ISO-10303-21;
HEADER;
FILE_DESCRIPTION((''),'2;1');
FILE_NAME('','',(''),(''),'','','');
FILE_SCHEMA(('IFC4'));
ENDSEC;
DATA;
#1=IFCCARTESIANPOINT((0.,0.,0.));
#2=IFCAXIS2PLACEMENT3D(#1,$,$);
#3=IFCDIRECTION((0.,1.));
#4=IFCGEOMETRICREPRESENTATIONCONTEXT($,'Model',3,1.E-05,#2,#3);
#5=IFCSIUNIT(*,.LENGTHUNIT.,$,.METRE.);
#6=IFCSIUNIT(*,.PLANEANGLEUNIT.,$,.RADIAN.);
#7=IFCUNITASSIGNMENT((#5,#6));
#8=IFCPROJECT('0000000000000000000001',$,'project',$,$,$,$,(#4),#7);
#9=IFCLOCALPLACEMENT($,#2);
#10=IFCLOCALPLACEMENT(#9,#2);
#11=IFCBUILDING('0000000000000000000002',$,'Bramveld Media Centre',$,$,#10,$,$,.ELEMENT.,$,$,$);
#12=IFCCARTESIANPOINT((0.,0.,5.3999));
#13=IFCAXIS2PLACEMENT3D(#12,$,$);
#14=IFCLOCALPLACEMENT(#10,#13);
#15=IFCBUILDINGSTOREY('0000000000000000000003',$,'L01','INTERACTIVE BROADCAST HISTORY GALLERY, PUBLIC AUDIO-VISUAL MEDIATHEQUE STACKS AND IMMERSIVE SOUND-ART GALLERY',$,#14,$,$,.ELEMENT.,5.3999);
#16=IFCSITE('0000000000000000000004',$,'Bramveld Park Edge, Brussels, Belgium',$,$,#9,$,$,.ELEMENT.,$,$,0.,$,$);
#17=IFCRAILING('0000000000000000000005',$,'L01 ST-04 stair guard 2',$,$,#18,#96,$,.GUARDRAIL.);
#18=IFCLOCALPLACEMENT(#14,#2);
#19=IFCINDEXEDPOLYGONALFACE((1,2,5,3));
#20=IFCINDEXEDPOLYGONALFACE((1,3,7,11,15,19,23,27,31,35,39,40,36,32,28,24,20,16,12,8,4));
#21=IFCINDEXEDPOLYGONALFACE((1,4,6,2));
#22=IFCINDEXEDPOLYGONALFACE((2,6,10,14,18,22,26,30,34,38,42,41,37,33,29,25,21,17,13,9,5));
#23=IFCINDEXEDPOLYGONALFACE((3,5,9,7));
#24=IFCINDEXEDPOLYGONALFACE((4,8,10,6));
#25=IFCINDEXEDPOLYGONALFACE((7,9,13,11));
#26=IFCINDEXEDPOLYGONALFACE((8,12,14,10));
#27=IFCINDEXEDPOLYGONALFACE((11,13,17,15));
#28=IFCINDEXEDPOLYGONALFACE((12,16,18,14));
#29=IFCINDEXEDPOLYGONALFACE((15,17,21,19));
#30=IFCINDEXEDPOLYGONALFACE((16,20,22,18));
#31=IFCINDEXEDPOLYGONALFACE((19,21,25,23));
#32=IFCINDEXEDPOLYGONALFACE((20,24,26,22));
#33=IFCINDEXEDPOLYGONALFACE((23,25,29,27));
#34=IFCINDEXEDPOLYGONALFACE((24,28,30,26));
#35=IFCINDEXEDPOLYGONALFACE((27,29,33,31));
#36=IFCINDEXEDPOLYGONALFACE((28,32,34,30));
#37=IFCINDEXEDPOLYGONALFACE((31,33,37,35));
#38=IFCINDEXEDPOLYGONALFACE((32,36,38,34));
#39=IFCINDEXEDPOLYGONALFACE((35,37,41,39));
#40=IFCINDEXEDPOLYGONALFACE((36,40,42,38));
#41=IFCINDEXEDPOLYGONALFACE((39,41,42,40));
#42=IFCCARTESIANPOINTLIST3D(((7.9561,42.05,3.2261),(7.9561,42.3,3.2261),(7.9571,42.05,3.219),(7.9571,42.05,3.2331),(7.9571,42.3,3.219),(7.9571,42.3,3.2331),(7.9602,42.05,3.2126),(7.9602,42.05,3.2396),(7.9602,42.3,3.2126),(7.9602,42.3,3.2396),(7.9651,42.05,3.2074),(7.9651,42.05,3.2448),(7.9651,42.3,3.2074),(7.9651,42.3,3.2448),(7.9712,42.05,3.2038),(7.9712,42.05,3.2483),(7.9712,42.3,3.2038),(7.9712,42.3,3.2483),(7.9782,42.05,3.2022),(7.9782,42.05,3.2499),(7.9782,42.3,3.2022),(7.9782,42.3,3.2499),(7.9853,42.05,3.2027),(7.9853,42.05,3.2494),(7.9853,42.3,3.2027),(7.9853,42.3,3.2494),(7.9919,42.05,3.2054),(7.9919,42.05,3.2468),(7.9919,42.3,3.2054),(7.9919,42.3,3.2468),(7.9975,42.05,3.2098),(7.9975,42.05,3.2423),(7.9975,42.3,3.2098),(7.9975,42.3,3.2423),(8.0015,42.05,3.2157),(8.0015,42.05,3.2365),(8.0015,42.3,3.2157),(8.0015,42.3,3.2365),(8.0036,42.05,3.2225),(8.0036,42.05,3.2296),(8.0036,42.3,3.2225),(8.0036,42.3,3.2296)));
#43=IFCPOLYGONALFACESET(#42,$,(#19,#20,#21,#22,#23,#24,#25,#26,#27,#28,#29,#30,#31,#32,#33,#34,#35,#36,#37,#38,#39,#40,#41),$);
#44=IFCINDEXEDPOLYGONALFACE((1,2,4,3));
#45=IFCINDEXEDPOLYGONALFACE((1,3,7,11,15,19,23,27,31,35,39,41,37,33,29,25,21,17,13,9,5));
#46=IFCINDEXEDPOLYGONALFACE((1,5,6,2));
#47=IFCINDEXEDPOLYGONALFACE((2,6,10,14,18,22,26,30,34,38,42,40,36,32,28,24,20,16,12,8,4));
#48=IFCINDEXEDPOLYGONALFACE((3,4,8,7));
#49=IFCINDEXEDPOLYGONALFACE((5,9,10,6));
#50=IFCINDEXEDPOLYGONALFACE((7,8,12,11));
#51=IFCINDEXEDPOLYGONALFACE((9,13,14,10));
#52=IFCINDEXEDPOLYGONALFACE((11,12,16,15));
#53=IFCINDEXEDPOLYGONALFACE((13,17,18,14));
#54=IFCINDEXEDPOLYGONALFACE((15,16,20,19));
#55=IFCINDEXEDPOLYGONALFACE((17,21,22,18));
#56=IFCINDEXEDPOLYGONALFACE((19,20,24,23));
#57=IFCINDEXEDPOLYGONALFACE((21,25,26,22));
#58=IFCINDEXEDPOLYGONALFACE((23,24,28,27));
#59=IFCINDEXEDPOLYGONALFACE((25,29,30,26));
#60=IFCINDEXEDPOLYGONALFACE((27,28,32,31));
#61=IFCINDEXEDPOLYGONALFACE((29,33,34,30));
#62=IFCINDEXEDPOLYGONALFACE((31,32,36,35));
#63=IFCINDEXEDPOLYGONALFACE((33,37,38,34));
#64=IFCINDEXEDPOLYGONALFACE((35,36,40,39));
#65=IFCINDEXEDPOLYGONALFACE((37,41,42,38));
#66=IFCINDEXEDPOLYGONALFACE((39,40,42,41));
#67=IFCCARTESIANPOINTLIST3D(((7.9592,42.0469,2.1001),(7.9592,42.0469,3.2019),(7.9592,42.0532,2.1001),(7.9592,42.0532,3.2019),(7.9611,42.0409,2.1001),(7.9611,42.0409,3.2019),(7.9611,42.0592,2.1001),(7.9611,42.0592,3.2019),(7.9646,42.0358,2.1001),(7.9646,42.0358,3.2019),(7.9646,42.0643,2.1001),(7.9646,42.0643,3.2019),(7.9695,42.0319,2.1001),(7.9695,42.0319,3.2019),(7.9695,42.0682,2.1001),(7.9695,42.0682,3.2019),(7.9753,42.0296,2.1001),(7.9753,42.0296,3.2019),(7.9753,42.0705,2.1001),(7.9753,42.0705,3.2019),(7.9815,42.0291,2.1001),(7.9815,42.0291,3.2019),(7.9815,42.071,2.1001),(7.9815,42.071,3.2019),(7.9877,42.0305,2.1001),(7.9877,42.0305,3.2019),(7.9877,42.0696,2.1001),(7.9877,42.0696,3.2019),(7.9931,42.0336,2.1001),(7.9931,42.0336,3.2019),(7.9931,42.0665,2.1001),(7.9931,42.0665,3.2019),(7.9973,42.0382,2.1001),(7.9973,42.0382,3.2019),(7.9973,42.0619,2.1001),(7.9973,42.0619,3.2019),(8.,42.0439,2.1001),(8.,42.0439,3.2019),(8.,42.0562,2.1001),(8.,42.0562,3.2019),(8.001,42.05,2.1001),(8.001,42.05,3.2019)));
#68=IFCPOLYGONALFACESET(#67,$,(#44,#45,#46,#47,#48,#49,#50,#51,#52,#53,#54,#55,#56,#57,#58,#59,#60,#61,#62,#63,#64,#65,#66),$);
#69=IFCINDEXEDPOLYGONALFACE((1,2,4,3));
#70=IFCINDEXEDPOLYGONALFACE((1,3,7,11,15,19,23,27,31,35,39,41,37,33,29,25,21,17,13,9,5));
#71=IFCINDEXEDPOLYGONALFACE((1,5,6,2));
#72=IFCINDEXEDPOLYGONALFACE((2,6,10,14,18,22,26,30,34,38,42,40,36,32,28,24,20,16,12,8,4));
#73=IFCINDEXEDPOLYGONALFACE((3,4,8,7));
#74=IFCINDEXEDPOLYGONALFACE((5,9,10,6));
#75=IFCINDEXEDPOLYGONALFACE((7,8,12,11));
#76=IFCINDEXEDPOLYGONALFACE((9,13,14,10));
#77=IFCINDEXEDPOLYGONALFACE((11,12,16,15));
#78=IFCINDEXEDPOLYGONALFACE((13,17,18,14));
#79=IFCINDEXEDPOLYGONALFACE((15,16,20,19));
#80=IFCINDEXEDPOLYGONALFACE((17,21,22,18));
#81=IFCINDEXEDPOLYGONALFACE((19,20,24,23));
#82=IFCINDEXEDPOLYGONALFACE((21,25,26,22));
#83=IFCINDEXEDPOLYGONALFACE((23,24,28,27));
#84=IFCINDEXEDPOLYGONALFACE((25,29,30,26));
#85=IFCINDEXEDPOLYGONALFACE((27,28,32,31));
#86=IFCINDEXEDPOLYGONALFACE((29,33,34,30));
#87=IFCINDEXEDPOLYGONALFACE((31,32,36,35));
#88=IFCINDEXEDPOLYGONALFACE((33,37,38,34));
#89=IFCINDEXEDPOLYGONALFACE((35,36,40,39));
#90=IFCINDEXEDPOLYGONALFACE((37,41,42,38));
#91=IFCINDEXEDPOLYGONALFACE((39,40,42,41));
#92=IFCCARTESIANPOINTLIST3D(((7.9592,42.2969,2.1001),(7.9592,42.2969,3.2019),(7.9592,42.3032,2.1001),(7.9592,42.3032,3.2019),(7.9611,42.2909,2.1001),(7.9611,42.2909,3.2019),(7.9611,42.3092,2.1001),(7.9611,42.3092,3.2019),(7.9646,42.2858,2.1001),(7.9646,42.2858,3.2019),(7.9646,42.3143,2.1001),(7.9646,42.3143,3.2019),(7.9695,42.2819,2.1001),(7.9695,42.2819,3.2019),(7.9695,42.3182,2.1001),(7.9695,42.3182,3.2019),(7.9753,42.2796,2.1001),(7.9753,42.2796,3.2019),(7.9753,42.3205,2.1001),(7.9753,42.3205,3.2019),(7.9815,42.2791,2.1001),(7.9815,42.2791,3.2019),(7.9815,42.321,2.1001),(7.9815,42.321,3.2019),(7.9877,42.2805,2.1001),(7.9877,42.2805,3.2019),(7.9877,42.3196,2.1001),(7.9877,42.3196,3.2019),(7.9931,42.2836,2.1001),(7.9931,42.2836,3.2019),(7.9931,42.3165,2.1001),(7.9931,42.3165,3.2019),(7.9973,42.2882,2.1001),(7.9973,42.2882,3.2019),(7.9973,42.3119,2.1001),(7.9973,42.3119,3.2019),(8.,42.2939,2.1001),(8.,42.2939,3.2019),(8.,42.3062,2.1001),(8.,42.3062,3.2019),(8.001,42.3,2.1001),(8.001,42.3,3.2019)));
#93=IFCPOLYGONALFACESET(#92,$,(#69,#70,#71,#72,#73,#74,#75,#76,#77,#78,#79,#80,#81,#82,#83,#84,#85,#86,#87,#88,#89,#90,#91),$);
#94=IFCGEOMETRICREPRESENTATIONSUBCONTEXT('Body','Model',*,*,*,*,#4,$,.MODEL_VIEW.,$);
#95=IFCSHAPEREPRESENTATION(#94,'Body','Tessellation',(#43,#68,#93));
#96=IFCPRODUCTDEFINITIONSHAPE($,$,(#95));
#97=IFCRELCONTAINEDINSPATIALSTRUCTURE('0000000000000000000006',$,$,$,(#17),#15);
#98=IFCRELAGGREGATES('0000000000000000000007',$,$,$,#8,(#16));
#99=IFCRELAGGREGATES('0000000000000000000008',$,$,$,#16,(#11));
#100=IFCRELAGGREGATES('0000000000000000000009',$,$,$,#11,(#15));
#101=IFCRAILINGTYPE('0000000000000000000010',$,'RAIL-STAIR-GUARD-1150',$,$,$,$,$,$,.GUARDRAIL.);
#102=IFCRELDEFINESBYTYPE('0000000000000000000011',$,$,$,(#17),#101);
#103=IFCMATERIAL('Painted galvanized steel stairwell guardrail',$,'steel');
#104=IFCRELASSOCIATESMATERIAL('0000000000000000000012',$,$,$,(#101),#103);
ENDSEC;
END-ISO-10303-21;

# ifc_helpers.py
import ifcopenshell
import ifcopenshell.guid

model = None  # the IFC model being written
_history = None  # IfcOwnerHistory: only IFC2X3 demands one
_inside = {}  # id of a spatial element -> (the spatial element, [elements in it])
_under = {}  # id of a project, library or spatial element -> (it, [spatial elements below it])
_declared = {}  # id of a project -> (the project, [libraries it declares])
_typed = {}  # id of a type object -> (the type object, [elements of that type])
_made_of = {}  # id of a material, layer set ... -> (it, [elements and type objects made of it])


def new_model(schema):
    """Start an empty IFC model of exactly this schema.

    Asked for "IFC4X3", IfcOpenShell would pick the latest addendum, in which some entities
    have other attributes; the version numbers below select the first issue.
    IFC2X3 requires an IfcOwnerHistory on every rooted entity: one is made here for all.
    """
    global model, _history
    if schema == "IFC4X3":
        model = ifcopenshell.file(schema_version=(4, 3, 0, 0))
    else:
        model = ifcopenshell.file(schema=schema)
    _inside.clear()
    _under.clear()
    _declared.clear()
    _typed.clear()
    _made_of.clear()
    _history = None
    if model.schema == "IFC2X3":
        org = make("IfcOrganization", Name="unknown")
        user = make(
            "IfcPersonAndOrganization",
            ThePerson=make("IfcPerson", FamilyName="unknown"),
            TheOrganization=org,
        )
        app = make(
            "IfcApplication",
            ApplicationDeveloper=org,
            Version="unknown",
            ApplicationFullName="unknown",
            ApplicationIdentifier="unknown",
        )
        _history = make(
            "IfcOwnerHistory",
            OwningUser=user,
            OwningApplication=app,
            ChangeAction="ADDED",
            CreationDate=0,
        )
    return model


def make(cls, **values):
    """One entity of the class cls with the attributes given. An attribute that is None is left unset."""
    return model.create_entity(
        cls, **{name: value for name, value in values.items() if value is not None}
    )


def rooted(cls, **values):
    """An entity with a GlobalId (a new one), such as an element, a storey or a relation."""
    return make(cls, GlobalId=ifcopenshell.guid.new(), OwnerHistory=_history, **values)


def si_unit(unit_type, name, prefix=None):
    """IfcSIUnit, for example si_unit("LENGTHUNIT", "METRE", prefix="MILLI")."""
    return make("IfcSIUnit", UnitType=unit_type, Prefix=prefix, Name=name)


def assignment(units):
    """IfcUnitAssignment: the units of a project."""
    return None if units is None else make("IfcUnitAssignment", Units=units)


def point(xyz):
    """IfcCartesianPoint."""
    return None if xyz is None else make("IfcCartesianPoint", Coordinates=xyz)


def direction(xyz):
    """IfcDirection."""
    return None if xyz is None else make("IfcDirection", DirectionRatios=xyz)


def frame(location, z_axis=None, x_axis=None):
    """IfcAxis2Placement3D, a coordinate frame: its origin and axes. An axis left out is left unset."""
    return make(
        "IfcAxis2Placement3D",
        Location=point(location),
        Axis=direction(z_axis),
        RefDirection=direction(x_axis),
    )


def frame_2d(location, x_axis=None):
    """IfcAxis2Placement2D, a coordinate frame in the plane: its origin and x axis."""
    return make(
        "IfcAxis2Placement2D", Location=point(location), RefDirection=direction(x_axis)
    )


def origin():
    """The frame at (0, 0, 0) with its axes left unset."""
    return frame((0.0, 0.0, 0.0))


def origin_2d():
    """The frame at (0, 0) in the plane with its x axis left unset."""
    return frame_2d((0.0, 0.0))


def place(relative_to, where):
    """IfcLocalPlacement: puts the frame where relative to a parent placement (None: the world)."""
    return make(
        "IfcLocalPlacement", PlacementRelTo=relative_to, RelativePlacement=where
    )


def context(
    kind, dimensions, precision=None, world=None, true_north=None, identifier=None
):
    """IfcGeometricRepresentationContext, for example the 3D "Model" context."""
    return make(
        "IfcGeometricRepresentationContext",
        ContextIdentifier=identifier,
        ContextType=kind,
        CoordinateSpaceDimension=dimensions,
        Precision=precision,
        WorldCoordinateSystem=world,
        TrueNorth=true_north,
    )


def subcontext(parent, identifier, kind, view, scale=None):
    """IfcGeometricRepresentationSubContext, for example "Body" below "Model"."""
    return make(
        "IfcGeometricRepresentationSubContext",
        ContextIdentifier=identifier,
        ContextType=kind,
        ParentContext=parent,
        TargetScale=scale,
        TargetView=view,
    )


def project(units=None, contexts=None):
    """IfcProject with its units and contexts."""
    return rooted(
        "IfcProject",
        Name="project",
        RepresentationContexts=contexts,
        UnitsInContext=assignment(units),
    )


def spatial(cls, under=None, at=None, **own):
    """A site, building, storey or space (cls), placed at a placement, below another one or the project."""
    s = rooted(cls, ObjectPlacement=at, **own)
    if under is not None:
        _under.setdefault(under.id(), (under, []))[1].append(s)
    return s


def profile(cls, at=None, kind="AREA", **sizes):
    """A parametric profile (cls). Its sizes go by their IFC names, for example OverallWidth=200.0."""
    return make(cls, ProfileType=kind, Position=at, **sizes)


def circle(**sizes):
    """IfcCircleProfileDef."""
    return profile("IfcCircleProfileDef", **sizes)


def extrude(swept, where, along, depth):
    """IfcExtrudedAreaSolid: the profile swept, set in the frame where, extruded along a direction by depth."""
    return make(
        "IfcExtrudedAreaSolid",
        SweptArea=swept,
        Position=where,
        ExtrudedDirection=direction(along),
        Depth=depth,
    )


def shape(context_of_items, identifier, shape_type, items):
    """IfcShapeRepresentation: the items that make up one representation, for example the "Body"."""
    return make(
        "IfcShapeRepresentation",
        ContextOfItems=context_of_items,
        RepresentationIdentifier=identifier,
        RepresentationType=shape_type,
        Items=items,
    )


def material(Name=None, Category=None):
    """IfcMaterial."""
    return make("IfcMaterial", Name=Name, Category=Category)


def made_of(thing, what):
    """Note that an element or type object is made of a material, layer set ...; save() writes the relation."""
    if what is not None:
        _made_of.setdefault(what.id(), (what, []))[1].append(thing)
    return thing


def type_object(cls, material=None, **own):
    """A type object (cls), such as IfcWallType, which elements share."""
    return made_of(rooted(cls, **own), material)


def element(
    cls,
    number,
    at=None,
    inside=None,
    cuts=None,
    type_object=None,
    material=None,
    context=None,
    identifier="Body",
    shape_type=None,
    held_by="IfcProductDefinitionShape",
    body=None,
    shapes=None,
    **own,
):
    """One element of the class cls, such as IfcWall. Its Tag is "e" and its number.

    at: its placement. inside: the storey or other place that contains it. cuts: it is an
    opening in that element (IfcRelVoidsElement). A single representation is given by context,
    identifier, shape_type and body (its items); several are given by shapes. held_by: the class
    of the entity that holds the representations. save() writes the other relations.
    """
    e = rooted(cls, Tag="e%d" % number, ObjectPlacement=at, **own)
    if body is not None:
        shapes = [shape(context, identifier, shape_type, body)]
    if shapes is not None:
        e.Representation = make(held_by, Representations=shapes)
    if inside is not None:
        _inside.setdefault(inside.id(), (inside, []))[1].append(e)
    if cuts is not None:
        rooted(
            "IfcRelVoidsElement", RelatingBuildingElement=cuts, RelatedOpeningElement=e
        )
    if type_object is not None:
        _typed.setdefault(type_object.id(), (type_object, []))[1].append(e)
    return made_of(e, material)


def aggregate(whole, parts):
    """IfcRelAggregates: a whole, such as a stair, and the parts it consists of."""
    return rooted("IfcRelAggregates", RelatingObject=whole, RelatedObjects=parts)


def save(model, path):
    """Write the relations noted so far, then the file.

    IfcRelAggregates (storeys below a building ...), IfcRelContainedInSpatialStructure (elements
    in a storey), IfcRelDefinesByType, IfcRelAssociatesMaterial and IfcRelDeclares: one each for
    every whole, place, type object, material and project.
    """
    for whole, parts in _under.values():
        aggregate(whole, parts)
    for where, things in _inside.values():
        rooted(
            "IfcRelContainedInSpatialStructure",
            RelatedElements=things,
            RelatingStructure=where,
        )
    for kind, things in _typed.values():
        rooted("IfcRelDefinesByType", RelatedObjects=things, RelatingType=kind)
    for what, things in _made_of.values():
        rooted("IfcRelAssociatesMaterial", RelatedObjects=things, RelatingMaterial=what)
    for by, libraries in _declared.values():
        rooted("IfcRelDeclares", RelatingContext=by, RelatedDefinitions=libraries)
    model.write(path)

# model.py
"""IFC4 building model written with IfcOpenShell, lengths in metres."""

from ifc_helpers import new_model, si_unit, direction, frame, origin, origin_2d, place, context, subcontext, project, spatial, circle, extrude, material, type_object, element, save


model = new_model("IFC4")

# Units and contexts
model_context = context("Model", 3, precision=1e-05, world=origin(), true_north=direction((0.0, 1.0)))
body_context = subcontext(model_context, "Body", "Model", "MODEL_VIEW")
ifc_project = project(units=[si_unit("LENGTHUNIT", "METRE"), si_unit("PLANEANGLEUNIT", "RADIAN")], contexts=[model_context])

# Site, building, storey
site_placement = place(None, origin())
site = spatial("IfcSite", under=ifc_project, at=site_placement, Name="Bramveld Park Edge, Brussels, Belgium", CompositionType="ELEMENT", RefElevation=0.0)
building_placement = place(site_placement, origin())
building = spatial("IfcBuilding", under=site, at=building_placement, Name="Bramveld Media Centre", CompositionType="ELEMENT")
storey_placement = place(building_placement, frame((0.0, 0.0, 5.3999)))
storey = spatial("IfcBuildingStorey", under=building, at=storey_placement, Name="L01", Description="INTERACTIVE BROADCAST HISTORY GALLERY, PUBLIC AUDIO-VISUAL MEDIATHEQUE STACKS AND IMMERSIVE SOUND-ART GALLERY", CompositionType="ELEMENT", Elevation=5.3999)

# Railing
ifc_material_1 = material(Name="Painted galvanized steel stairwell guardrail", Category="steel")
railing_type_1 = type_object("IfcRailingType", Name="RAIL-STAIR-GUARD-1150", PredefinedType="GUARDRAIL", material=ifc_material_1)
railing_1_placement = place(storey_placement, frame((7.98, 42.05, 2.1001)))
element("IfcRailing", 1, at=railing_1_placement, inside=storey, type_object=railing_type_1, Name="L01 ST-04 stair guard 2", PredefinedType="GUARDRAIL", context=body_context, shape_type="SweptSolid", body=[
    extrude(circle(Radius=0.0239, at=origin_2d()), frame((0.0, 0.0, 1.126), z_axis=(0.0, 1.0, 0.0), x_axis=(-1.0, 0.0, 0.0)), (0.0, 0.0, 1.0), 0.25),
    extrude(circle(Radius=0.021, at=origin_2d()), origin(), (0.0, 0.0, 1.0), 1.1018),
    extrude(circle(Radius=0.021, at=origin_2d()), frame((0.0, 0.25, 0.0)), (0.0, 0.0, 1.0), 1.1018),
])

save(model, "model.ifc")
